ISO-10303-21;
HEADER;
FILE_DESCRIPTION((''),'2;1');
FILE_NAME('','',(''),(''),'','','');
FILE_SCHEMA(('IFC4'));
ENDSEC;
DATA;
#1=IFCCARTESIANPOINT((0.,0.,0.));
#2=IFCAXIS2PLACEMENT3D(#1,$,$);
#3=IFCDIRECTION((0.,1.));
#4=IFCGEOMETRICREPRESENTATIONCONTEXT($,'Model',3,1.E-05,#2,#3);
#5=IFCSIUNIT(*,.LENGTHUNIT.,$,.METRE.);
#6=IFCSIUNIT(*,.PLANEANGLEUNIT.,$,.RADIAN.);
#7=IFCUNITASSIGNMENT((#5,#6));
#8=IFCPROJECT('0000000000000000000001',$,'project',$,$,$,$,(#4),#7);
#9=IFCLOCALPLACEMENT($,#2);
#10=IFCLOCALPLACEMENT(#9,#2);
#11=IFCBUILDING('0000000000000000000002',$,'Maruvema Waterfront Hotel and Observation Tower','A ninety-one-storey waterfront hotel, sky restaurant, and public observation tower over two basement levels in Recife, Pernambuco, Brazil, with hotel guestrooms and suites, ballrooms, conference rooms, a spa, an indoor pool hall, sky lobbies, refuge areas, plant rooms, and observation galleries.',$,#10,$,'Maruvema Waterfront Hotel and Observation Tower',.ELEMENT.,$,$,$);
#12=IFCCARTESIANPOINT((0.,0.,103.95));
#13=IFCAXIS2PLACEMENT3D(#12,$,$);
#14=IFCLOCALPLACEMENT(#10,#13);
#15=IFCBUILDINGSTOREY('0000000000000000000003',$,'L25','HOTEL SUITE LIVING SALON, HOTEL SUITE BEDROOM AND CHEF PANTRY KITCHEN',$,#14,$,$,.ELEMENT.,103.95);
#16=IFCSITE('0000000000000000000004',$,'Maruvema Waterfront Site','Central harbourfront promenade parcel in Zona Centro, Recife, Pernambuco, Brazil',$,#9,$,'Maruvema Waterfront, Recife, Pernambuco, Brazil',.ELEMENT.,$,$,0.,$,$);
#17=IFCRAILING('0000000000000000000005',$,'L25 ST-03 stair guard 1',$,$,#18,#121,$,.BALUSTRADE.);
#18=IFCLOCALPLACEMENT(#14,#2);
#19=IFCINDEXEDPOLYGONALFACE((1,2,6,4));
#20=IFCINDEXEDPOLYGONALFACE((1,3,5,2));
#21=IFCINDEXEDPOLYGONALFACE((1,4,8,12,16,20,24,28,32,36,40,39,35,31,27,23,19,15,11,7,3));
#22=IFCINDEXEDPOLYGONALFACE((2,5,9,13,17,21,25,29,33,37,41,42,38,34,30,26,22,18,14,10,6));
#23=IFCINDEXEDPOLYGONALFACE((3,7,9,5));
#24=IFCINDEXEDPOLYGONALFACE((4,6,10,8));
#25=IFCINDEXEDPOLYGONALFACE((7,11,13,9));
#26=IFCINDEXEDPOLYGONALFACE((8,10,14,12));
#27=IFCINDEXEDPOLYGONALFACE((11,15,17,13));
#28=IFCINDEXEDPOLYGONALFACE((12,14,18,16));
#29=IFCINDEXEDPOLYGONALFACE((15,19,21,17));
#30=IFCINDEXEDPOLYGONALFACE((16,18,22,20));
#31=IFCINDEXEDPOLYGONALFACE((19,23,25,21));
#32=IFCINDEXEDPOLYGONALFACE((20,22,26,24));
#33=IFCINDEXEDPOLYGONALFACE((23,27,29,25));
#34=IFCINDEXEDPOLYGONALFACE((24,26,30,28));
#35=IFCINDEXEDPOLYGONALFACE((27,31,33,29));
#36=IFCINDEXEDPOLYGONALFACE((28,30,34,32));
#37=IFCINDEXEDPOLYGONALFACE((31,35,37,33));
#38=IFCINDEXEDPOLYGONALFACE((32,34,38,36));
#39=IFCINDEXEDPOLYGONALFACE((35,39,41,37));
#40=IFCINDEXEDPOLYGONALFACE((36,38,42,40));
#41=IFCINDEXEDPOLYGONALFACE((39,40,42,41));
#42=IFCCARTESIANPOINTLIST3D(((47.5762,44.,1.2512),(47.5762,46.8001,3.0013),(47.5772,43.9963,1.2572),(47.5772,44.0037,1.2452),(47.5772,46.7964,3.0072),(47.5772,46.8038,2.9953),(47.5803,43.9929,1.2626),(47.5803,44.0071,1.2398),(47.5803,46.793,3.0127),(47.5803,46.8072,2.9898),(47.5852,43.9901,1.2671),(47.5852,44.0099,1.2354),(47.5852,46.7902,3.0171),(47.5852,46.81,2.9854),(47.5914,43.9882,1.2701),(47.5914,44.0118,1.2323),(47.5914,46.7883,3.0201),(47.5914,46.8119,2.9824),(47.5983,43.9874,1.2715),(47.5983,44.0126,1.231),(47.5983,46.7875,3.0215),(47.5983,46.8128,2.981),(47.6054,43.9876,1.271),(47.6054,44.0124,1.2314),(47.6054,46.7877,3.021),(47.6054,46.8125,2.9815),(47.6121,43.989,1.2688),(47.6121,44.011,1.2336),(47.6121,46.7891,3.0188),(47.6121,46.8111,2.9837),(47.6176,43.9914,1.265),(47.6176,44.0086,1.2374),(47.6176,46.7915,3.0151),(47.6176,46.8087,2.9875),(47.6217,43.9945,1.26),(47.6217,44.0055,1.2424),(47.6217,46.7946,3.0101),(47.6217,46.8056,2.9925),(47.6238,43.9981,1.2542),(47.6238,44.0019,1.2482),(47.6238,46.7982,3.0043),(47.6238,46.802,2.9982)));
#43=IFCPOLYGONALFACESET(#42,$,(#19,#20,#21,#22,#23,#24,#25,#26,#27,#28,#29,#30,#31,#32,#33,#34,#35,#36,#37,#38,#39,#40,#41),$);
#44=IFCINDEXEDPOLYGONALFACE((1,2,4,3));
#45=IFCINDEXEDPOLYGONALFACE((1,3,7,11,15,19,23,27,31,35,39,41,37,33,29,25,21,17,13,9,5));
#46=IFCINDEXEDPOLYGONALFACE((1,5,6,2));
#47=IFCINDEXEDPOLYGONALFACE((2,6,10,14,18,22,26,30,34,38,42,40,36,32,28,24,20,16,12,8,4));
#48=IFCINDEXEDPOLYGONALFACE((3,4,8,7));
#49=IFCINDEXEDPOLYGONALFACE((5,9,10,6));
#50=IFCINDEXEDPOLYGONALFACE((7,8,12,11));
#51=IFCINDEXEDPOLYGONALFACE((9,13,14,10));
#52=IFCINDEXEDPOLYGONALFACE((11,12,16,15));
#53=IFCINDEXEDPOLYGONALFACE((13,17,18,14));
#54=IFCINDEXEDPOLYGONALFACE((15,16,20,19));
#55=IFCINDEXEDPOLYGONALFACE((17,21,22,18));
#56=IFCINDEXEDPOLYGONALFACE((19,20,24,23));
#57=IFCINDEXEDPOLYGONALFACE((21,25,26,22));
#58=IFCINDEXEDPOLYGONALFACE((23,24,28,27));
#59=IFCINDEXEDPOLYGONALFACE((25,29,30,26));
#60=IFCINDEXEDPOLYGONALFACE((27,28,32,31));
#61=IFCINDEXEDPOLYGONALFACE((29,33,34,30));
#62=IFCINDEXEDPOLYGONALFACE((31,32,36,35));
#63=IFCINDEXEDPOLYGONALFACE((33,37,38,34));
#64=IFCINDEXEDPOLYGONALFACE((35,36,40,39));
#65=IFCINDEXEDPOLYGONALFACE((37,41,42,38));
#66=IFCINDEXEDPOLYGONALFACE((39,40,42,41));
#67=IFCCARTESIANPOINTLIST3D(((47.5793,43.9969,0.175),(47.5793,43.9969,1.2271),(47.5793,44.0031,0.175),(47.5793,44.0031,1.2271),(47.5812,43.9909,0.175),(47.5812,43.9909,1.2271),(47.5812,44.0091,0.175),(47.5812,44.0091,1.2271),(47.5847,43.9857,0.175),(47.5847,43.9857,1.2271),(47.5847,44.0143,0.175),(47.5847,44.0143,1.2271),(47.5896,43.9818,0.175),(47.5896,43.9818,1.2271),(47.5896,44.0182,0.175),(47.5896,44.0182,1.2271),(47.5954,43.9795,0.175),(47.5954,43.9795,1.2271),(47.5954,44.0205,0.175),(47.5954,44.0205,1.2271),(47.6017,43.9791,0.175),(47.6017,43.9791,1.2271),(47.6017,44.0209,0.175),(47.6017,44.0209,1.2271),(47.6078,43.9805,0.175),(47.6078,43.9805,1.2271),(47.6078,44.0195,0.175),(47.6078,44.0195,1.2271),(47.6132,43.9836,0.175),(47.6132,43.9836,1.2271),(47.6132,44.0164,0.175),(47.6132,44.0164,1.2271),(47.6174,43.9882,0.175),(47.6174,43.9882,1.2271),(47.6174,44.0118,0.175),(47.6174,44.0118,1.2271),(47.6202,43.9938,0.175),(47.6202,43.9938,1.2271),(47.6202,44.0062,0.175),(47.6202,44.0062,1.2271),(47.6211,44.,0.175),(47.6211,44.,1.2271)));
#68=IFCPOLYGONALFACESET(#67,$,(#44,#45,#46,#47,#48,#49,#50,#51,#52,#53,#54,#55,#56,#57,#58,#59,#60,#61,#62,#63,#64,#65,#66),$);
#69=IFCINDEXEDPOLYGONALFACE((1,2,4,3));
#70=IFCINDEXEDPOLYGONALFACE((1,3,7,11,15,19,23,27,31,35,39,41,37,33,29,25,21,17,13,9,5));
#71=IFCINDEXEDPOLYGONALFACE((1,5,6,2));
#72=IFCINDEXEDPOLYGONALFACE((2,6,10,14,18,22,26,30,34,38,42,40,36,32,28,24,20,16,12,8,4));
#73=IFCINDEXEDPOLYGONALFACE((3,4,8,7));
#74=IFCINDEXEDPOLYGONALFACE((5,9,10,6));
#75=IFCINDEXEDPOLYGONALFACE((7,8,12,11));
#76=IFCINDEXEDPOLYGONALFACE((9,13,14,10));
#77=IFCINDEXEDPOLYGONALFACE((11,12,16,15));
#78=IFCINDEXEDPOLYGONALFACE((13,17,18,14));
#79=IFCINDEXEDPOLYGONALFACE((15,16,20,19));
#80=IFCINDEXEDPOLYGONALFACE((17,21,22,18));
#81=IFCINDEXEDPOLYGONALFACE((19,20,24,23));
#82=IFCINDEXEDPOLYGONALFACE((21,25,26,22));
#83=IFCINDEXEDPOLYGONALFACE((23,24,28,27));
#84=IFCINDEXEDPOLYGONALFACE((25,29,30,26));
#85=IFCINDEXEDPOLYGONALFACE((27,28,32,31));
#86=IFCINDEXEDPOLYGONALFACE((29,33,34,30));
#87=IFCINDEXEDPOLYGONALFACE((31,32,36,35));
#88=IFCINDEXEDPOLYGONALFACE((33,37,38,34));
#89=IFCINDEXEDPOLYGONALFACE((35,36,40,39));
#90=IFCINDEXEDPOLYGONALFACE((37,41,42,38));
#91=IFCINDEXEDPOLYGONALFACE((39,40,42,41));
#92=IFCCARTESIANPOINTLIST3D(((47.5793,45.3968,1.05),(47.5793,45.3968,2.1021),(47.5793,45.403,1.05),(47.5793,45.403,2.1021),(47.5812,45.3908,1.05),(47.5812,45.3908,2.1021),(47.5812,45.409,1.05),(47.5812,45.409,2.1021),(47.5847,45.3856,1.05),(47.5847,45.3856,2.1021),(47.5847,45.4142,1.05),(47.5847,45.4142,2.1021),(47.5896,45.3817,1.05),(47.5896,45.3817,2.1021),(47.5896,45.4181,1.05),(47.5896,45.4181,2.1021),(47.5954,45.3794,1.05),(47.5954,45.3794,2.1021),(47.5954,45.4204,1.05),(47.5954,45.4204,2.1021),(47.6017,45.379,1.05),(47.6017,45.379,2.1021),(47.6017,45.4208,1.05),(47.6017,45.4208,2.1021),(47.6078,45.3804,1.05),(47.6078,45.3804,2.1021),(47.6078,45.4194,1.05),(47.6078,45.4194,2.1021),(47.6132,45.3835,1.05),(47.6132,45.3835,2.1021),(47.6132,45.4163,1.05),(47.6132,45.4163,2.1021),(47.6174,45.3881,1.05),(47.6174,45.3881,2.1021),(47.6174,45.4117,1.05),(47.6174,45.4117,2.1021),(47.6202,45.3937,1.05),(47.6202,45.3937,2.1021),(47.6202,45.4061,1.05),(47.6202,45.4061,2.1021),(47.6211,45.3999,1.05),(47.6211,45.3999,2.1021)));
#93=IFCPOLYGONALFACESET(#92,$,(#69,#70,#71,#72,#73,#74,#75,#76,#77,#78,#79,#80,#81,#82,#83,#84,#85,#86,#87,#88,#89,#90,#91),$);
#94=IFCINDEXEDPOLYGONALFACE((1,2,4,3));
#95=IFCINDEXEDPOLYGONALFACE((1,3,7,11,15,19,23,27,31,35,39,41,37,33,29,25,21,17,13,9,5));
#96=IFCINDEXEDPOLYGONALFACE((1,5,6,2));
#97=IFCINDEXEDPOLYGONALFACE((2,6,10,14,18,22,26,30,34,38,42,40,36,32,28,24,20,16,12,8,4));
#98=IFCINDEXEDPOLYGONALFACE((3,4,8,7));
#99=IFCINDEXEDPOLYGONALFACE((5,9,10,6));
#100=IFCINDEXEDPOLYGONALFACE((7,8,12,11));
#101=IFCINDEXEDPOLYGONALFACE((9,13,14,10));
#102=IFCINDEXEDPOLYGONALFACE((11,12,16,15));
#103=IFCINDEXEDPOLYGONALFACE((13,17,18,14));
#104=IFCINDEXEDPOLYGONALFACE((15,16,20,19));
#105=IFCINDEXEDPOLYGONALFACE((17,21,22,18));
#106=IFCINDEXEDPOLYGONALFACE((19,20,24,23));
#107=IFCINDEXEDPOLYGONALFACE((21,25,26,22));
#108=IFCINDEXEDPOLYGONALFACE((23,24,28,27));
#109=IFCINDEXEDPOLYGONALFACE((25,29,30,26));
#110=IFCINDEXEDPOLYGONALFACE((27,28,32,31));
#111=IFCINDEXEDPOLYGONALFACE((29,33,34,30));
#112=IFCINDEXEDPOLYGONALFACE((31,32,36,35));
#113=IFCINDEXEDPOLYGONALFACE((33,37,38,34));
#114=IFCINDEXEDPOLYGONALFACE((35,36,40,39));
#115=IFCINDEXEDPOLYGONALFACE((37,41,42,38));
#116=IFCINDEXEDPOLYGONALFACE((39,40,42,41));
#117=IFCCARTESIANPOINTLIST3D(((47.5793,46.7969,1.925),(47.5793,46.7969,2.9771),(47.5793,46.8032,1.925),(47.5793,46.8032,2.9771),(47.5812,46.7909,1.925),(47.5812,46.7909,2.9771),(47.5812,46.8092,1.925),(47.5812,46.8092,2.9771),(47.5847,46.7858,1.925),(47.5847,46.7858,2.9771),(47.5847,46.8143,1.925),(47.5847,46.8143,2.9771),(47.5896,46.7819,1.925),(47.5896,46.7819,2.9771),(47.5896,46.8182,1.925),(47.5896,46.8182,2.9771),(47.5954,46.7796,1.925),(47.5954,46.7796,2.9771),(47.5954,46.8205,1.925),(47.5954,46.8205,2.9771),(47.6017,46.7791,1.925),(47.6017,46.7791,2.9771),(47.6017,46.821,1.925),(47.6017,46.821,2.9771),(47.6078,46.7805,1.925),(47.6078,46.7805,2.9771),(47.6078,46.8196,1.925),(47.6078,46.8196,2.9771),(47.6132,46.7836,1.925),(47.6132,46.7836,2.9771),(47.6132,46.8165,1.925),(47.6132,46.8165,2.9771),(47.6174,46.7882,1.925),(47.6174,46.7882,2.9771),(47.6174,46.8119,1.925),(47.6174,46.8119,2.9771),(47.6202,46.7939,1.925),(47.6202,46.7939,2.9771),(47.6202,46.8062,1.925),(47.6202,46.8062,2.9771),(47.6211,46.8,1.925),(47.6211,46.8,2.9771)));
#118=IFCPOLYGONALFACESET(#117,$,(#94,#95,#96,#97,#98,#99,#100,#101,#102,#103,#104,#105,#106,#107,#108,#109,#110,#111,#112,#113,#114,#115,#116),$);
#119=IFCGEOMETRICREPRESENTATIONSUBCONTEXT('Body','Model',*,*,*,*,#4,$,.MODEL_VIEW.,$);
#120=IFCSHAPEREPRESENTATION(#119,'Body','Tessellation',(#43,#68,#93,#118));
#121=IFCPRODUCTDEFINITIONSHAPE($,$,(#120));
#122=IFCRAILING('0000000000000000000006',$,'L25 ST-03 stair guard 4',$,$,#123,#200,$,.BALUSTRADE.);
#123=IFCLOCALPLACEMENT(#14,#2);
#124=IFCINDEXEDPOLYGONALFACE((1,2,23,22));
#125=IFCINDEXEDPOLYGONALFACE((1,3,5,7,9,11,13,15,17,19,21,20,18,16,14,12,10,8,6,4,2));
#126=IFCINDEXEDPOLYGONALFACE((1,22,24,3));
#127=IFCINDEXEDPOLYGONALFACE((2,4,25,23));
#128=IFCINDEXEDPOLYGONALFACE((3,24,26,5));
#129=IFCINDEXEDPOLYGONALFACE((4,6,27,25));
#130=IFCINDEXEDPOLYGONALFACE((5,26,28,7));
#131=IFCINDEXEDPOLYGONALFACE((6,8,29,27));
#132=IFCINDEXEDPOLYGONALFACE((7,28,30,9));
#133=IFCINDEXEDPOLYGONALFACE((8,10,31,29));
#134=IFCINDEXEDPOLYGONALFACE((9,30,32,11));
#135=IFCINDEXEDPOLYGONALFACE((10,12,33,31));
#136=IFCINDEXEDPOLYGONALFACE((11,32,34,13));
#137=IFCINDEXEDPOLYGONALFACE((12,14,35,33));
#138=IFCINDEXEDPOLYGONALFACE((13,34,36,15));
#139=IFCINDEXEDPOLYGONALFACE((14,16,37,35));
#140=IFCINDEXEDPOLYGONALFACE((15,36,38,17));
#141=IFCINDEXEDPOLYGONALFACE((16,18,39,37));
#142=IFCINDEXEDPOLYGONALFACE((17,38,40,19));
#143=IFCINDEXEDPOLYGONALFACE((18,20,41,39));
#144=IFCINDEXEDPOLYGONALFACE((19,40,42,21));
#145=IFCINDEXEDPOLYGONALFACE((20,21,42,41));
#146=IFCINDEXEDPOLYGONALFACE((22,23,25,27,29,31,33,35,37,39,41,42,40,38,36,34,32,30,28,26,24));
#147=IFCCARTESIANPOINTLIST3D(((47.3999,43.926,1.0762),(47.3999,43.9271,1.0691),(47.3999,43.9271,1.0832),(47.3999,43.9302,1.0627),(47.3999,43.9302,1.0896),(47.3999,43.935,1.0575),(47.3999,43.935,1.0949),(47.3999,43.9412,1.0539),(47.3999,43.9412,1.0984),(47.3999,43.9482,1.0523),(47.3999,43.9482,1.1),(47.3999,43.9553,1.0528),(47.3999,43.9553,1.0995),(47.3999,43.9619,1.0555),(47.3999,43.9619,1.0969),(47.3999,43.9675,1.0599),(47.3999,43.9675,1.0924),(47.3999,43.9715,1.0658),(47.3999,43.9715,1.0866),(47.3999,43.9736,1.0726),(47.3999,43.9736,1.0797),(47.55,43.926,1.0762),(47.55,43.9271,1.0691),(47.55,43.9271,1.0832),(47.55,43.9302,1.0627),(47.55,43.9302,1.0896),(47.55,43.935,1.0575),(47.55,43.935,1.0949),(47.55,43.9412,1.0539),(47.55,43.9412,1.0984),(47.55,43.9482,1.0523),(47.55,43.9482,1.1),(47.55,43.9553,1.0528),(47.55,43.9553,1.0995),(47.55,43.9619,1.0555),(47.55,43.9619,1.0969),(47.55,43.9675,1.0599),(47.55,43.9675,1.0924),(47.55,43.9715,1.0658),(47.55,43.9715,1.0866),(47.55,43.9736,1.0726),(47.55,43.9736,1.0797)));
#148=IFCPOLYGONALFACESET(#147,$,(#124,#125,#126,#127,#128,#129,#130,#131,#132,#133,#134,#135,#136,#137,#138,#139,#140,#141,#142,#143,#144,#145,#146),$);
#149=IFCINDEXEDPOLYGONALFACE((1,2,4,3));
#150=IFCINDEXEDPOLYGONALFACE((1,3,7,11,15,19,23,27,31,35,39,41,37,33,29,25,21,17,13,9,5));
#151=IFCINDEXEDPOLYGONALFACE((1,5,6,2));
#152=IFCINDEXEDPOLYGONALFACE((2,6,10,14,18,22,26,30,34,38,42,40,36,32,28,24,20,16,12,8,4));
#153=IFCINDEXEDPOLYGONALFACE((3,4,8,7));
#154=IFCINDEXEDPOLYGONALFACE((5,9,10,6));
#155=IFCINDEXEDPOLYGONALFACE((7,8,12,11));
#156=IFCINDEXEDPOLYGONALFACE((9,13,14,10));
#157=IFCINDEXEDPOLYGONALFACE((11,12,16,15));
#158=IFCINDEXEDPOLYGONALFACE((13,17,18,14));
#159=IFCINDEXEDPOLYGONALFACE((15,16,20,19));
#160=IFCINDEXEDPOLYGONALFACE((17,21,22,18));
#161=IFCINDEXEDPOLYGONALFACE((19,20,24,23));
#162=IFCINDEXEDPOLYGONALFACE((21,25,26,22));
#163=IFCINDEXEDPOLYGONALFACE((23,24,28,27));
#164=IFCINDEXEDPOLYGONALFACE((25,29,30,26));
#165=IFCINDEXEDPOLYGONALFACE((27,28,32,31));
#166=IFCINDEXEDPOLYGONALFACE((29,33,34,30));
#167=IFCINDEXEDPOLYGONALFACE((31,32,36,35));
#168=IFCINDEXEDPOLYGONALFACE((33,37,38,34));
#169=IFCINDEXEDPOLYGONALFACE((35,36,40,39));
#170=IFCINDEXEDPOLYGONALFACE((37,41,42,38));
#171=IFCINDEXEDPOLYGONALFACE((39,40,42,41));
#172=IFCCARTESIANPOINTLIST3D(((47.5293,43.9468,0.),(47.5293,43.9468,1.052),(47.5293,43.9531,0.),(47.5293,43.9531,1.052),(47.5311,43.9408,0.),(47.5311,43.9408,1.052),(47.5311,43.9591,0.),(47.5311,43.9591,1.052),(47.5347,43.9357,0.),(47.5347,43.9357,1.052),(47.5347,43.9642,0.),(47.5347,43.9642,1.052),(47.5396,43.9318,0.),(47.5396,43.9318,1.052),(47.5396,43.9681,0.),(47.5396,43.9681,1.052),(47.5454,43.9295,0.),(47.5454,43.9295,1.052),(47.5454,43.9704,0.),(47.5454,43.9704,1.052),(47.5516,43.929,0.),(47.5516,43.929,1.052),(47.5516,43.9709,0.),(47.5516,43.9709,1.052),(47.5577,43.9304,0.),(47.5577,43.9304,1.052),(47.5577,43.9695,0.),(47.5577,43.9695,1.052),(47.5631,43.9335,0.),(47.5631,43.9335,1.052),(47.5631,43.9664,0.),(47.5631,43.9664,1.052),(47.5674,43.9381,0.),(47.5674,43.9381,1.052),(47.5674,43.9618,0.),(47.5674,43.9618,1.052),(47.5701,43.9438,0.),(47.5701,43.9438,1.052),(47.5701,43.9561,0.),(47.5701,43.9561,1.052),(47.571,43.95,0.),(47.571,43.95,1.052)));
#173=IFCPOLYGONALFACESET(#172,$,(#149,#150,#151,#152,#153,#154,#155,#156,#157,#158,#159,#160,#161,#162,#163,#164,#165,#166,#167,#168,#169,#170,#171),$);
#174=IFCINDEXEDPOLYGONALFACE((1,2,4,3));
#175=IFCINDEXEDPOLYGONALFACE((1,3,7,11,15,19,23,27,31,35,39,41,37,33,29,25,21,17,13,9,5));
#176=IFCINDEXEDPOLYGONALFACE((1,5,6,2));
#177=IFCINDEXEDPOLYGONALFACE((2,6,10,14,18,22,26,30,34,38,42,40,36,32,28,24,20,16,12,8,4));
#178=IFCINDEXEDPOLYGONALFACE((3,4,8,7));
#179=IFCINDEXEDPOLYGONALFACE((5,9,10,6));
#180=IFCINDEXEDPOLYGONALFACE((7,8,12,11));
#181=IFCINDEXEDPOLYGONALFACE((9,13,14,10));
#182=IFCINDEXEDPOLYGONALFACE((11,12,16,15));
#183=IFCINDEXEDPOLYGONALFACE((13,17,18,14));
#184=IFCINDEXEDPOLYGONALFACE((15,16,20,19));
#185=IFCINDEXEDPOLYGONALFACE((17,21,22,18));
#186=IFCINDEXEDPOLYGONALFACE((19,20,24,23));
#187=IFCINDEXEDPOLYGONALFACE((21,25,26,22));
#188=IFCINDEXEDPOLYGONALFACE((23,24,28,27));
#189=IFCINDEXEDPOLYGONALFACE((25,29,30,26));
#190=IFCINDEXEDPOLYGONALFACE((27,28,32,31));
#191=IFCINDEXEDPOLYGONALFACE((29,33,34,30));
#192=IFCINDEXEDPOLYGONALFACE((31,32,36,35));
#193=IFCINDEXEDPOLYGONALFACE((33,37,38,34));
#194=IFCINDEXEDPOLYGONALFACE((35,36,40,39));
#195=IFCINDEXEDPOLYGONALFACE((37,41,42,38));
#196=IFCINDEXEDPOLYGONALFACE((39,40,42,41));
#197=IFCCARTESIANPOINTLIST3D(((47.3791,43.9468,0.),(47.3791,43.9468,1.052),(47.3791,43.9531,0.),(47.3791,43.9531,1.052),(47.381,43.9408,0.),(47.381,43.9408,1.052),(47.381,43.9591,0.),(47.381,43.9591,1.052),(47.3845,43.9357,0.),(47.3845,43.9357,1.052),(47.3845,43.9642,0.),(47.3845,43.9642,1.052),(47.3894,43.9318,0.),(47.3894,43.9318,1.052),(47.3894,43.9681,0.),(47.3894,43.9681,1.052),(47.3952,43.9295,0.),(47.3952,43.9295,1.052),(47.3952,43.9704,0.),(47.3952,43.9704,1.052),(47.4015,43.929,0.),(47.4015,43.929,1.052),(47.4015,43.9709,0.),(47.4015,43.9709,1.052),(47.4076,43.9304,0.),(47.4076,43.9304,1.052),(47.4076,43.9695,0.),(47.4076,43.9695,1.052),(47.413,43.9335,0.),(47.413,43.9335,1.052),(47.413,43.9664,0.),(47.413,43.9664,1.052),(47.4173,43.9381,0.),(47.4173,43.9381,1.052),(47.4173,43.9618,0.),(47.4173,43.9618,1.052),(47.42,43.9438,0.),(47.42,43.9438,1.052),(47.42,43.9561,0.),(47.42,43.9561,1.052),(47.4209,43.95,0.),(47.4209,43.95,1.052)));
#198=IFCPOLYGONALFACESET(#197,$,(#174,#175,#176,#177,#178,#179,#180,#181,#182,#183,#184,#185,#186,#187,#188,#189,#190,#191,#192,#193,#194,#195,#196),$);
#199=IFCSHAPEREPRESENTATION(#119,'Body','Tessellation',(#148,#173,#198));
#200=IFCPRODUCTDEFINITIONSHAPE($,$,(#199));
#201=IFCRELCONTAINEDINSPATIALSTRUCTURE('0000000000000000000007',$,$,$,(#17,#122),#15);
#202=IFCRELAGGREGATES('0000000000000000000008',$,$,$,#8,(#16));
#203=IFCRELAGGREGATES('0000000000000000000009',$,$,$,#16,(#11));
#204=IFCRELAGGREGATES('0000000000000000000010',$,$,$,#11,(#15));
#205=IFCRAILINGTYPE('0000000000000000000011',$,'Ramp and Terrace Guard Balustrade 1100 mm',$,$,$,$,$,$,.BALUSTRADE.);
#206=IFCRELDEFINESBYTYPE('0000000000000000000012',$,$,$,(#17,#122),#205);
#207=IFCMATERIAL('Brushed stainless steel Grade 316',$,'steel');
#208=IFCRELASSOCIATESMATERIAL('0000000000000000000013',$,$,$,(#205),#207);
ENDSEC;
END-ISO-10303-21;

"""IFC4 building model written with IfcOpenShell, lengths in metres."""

from ifc_helpers import new_model, si_unit, direction, frame, origin, origin_2d, place, context, subcontext, project, spatial, circle, extrude, material, type_object, element, save


model = new_model("IFC4")

# Units and contexts
model_context = context("Model", 3, precision=1e-05, world=origin(), true_north=direction((0.0, 1.0)))
body_context = subcontext(model_context, "Body", "Model", "MODEL_VIEW")
ifc_project = project(units=[si_unit("LENGTHUNIT", "METRE"), si_unit("PLANEANGLEUNIT", "RADIAN")], contexts=[model_context])

# Site, building, storey
site_placement = place(None, origin())
site = spatial("IfcSite", under=ifc_project, at=site_placement, Name="Maruvema Waterfront Site", Description="Central harbourfront promenade parcel in Zona Centro, Recife, Pernambuco, Brazil", LongName="Maruvema Waterfront, Recife, Pernambuco, Brazil", CompositionType="ELEMENT", RefElevation=0.0)
building_placement = place(site_placement, origin())
building = spatial("IfcBuilding", under=site, at=building_placement, Name="Maruvema Waterfront Hotel and Observation Tower", Description="A ninety-one-storey waterfront hotel, sky restaurant, and public observation tower over two basement levels in Recife, Pernambuco, Brazil, with hotel guestrooms and suites, ballrooms, conference rooms, a spa, an indoor pool hall, sky lobbies, refuge areas, plant rooms, and observation galleries.", LongName="Maruvema Waterfront Hotel and Observation Tower", CompositionType="ELEMENT")
storey_placement = place(building_placement, frame((0.0, 0.0, 103.95)))
storey = spatial("IfcBuildingStorey", under=building, at=storey_placement, Name="L25", Description="HOTEL SUITE LIVING SALON, HOTEL SUITE BEDROOM AND CHEF PANTRY KITCHEN", CompositionType="ELEMENT", Elevation=103.95)

# Railings
ifc_material_1 = material(Name="Brushed stainless steel Grade 316", Category="steel")
railing_type_1 = type_object("IfcRailingType", Name="Ramp and Terrace Guard Balustrade 1100 mm", PredefinedType="BALUSTRADE", material=ifc_material_1)
railing_1_placement = place(storey_placement, frame((47.6001, 44.0, 0.175)))
element("IfcRailing", 1, at=railing_1_placement, inside=storey, type_object=railing_type_1, Name="L25 ST-03 stair guard 1", PredefinedType="BALUSTRADE", context=body_context, shape_type="SweptSolid", body=[
    extrude(circle(Radius=0.0239, at=origin_2d()), frame((0.0, 0.0, 1.0762), z_axis=(0.0, 0.848002, 0.529992), x_axis=(-1.0, 0.0, 0.0)), (0.0, 0.0, 1.0), 3.302),
    extrude(circle(Radius=0.021, at=origin_2d()), origin(), (0.0, 0.0, 1.0), 1.052),
    extrude(circle(Radius=0.021, at=origin_2d()), frame((0.0, 1.3999, 0.875)), (0.0, 0.0, 1.0), 1.052),
    extrude(circle(Radius=0.021, at=origin_2d()), frame((0.0, 2.8, 1.75)), (0.0, 0.0, 1.0), 1.052),
])
railing_2_placement = place(storey_placement, frame((47.55, 43.95, 0.0)))
element("IfcRailing", 2, at=railing_2_placement, inside=storey, type_object=railing_type_1, Name="L25 ST-03 stair guard 4", PredefinedType="BALUSTRADE", context=body_context, shape_type="SweptSolid", body=[
    extrude(circle(Radius=0.0239, at=origin_2d()), frame((0.0, 0.0, 1.0762), z_axis=(-1.0, 0.0, 0.0), x_axis=(0.0, -1.0, 0.0)), (0.0, 0.0, 1.0), 0.1501),
    extrude(circle(Radius=0.021, at=origin_2d()), origin(), (0.0, 0.0, 1.0), 1.052),
    extrude(circle(Radius=0.021, at=origin_2d()), frame((-0.1501, 0.0, 0.0)), (0.0, 0.0, 1.0), 1.052),
])

save(model, "model.ifc")
